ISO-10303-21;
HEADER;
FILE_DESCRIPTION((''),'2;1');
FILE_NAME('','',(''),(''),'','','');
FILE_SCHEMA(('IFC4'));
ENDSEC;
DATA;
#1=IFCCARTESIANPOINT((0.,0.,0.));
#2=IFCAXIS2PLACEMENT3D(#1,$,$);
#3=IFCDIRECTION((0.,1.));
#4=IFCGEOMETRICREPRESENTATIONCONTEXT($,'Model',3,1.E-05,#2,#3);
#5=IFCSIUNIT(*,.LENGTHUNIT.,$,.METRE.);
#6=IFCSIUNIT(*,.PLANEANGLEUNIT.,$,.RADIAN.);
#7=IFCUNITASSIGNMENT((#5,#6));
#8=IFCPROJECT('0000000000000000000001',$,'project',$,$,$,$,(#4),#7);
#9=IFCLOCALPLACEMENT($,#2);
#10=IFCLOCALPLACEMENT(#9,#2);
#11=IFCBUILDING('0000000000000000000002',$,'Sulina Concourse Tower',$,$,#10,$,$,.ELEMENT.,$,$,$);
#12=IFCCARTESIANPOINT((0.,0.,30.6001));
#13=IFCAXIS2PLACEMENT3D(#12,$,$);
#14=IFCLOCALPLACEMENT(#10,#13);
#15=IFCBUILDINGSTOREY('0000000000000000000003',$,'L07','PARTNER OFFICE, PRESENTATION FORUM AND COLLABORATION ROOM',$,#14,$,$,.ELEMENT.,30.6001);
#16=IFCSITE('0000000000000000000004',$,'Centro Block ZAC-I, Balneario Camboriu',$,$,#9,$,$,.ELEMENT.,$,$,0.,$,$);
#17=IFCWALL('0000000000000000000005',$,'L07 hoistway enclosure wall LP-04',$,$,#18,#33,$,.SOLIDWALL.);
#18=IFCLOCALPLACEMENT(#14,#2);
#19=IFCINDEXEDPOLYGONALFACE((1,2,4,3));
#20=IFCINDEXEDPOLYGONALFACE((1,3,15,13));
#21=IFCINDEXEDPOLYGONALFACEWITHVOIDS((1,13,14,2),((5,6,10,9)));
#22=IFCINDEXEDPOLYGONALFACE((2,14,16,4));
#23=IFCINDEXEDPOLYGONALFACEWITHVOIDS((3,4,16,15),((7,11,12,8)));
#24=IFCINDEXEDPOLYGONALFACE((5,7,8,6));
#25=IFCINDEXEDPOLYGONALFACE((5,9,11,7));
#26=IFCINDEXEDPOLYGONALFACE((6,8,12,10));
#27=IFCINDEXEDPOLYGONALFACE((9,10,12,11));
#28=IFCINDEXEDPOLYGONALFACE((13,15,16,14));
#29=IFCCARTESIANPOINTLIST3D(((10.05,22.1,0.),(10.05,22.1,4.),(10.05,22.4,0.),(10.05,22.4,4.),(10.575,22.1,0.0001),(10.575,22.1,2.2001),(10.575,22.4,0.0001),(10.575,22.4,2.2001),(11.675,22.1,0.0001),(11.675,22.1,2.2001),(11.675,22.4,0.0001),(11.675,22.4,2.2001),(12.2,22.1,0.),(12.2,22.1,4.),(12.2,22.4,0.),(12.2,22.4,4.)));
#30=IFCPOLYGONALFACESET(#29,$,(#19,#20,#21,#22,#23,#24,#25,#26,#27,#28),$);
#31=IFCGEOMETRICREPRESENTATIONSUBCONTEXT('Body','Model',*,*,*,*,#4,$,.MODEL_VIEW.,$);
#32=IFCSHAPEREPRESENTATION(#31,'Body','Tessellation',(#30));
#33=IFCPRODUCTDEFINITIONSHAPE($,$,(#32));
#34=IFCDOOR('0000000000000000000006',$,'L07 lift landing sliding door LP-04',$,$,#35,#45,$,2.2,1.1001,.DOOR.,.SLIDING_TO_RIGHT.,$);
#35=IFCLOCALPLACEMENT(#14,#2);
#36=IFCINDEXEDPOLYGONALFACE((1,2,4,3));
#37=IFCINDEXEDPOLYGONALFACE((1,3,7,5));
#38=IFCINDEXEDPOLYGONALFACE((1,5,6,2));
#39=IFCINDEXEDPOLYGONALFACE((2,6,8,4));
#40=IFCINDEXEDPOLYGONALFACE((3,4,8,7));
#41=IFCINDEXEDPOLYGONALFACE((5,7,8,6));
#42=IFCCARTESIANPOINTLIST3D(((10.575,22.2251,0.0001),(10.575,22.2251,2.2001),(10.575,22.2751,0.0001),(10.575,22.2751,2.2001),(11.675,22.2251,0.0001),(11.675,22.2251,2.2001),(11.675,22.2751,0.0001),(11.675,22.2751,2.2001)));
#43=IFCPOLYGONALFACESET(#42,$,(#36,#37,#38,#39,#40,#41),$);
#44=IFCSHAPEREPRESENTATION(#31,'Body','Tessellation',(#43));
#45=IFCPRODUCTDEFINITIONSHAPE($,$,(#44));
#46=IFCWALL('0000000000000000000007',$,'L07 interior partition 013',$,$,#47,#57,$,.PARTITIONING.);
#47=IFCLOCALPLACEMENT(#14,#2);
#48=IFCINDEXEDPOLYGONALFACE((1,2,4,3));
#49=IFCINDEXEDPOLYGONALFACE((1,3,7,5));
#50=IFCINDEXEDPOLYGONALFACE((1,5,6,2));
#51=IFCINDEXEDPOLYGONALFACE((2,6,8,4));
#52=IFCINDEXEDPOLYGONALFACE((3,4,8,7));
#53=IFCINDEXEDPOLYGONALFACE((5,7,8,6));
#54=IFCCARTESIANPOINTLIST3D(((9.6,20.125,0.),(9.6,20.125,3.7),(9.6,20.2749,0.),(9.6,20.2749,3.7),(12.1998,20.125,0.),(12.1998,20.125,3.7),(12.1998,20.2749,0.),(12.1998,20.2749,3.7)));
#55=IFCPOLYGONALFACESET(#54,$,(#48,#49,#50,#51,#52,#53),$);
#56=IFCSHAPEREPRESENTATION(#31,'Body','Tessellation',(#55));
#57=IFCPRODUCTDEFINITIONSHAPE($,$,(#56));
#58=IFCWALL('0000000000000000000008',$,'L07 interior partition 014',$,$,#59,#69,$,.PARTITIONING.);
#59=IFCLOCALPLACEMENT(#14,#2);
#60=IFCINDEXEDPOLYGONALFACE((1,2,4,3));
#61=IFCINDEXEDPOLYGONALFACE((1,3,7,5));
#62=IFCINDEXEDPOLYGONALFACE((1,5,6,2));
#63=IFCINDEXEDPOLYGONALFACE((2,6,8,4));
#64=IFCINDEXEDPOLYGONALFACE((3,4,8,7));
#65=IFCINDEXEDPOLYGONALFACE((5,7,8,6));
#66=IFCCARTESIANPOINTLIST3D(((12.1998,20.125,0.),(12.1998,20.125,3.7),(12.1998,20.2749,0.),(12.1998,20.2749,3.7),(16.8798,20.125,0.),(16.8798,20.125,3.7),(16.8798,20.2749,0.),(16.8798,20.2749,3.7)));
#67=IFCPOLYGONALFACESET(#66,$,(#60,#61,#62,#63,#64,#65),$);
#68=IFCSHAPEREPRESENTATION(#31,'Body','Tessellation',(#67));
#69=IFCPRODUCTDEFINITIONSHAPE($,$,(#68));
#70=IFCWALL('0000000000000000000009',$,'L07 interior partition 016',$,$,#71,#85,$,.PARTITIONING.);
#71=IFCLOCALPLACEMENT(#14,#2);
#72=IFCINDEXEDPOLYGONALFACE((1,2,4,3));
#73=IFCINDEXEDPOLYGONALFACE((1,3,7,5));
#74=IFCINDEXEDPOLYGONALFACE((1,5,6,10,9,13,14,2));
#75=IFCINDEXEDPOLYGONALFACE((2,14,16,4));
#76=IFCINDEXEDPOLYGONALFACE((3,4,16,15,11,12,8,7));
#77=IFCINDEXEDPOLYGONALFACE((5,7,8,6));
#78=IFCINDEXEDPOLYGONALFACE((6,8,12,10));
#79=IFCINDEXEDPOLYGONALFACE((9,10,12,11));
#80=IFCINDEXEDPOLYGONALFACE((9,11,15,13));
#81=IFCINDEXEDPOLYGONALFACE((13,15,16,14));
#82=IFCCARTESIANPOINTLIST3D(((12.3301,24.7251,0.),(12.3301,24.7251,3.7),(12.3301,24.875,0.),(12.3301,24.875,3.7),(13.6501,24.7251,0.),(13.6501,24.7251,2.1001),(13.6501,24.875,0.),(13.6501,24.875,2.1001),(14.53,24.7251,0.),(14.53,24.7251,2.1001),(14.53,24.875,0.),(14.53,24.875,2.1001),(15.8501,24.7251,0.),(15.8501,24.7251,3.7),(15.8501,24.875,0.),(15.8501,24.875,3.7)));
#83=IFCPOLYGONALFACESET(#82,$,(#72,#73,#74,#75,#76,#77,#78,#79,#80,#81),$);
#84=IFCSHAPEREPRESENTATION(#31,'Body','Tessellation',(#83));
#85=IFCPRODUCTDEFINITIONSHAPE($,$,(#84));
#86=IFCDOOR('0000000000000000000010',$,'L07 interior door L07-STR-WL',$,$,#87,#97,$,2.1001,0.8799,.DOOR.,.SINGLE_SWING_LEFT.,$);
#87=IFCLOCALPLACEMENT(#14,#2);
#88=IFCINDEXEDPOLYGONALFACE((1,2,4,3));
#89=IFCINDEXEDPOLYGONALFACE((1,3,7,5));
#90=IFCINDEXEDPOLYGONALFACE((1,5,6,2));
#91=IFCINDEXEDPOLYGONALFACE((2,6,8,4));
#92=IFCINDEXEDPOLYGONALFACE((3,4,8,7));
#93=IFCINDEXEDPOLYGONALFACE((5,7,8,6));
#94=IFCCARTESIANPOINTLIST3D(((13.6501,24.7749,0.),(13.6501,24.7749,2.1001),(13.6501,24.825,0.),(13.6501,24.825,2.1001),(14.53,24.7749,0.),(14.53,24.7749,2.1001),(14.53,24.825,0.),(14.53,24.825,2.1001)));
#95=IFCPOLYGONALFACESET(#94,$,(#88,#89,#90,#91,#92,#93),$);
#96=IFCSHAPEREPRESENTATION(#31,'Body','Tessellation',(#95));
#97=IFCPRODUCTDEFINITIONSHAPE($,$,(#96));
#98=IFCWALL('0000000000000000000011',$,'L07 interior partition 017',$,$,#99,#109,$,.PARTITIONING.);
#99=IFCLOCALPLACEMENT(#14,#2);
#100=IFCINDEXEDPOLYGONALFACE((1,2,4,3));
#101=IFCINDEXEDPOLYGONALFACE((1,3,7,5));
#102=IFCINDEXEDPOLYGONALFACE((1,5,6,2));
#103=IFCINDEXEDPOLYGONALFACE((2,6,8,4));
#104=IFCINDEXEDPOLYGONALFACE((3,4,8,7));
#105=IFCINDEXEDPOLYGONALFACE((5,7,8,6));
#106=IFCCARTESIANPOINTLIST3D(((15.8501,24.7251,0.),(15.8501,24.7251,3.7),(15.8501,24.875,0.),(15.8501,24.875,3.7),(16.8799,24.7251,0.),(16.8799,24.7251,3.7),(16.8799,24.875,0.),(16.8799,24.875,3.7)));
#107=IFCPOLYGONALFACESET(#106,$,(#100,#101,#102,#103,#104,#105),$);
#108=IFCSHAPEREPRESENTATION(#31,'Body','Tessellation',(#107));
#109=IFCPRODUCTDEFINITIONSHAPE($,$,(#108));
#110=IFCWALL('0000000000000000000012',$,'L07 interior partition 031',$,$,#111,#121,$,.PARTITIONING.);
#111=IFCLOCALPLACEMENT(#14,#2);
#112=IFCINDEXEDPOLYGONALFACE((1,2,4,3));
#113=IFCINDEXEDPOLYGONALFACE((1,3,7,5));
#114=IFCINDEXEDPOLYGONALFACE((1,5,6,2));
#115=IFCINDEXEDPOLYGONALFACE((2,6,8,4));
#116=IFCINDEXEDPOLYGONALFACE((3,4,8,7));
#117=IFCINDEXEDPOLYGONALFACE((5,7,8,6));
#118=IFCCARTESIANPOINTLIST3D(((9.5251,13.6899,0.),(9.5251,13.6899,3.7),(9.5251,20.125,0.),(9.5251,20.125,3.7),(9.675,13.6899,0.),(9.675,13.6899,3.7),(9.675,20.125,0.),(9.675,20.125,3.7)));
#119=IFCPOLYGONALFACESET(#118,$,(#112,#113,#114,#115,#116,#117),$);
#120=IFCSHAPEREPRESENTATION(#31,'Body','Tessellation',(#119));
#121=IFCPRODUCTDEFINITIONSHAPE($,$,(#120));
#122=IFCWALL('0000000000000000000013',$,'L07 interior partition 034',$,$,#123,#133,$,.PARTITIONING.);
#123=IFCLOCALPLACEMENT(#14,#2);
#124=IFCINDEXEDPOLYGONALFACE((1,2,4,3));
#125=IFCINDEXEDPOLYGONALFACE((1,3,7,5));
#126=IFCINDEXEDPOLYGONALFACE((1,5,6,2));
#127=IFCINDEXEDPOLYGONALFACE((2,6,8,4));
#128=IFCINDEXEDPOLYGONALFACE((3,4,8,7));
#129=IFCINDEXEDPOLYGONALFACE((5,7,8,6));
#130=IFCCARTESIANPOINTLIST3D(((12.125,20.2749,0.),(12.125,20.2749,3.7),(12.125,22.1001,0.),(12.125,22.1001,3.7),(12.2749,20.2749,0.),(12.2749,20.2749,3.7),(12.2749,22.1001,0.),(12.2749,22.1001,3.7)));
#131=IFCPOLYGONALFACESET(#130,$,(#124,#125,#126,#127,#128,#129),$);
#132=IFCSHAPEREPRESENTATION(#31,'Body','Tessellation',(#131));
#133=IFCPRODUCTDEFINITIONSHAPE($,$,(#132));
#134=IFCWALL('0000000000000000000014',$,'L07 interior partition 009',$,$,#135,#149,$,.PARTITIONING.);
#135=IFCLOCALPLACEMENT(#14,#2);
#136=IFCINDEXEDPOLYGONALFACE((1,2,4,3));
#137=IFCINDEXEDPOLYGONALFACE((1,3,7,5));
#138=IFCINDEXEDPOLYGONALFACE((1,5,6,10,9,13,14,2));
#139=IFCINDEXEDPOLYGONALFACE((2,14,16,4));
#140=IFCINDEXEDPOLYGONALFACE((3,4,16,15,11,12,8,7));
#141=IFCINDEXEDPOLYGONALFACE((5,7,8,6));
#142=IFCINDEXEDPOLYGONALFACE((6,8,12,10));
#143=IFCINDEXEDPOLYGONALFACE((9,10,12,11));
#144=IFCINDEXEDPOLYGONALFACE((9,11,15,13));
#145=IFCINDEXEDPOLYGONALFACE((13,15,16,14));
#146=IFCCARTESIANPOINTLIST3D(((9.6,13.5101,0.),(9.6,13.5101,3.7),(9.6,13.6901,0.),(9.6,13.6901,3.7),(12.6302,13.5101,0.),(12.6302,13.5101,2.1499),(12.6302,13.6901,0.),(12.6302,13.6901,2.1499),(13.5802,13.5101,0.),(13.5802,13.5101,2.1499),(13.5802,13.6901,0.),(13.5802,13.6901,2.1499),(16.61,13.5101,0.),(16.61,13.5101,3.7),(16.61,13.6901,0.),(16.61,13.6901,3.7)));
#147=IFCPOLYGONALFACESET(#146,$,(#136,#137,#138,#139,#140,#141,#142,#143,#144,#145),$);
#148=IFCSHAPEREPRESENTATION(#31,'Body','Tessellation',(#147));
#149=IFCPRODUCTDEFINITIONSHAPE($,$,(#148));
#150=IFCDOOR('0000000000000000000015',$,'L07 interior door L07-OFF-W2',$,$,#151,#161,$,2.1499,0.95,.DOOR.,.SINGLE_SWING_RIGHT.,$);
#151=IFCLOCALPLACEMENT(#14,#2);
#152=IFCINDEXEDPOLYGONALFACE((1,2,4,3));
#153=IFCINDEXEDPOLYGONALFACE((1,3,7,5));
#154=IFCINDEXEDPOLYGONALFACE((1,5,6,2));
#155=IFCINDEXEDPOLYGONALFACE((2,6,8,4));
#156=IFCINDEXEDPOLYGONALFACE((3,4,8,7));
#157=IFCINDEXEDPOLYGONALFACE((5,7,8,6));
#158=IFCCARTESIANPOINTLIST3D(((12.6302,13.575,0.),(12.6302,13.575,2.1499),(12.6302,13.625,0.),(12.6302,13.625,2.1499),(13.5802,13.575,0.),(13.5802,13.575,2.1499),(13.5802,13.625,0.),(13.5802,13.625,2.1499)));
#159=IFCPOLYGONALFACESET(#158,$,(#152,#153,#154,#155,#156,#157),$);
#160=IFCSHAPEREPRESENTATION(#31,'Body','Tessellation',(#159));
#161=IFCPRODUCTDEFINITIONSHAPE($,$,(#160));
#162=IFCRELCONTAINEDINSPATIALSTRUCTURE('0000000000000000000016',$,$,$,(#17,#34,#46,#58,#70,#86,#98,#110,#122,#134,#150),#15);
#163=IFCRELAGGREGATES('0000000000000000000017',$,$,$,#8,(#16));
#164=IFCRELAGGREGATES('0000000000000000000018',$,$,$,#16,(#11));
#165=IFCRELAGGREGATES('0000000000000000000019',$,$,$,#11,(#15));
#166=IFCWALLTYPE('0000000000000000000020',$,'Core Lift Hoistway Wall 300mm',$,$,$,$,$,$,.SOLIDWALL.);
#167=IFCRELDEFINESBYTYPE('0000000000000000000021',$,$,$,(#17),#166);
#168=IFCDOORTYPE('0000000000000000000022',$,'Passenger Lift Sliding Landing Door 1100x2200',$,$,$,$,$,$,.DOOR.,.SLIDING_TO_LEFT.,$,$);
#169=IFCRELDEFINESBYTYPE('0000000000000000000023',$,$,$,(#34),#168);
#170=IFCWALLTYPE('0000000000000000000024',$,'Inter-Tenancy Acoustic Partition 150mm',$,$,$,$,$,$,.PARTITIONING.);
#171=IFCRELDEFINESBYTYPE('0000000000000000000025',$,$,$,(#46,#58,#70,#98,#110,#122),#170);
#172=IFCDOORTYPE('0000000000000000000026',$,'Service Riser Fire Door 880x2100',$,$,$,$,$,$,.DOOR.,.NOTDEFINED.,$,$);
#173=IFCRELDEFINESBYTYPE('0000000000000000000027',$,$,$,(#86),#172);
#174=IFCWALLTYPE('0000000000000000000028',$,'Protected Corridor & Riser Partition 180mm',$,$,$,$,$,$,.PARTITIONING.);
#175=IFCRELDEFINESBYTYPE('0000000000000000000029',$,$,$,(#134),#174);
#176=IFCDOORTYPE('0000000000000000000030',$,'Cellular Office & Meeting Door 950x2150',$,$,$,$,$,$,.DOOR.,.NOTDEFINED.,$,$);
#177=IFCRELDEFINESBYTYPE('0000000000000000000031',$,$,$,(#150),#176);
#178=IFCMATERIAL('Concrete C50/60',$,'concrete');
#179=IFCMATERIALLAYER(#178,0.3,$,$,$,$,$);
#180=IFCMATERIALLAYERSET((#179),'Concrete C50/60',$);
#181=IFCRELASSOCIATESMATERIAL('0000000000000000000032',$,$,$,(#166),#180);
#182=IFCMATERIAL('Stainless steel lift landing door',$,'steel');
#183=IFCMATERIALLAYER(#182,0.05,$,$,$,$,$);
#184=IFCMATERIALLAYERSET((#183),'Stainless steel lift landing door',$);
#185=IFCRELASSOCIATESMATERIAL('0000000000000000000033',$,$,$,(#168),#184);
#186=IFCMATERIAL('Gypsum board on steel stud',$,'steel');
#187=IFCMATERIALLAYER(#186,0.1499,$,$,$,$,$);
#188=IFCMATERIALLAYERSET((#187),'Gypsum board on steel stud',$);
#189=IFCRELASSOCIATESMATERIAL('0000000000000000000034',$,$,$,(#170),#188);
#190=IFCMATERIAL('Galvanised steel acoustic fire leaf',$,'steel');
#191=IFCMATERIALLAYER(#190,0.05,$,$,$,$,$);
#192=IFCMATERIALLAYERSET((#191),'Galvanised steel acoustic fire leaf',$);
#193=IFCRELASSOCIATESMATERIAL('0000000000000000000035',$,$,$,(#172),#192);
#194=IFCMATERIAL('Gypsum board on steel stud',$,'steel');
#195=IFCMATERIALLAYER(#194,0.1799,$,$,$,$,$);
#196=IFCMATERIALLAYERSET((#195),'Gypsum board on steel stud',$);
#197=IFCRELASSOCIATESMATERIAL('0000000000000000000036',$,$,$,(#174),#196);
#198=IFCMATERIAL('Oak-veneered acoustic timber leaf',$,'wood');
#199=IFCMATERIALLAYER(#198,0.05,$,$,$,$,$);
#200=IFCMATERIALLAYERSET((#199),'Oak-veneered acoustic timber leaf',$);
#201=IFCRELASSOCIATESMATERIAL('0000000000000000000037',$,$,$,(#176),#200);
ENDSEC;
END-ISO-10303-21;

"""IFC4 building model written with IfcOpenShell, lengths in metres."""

from ifc_helpers import new_model, si_unit, direction, frame, frame_2d, origin, place, context, subcontext, project, spatial, rectangle, extrude, material, layer, layer_set, type_object, element, fill, save


model = new_model("IFC4")

# Units and contexts
model_context = context("Model", 3, precision=1e-05, world=origin(), true_north=direction((0.0, 1.0)))
body_context = subcontext(model_context, "Body", "Model", "MODEL_VIEW")
ifc_project = project(units=[si_unit("LENGTHUNIT", "METRE"), si_unit("PLANEANGLEUNIT", "RADIAN")], contexts=[model_context])

# Site, building, storey
site_placement = place(None, origin())
site = spatial("IfcSite", under=ifc_project, at=site_placement, Name="Centro Block ZAC-I, Balneario Camboriu", CompositionType="ELEMENT", RefElevation=0.0)
building_placement = place(site_placement, origin())
building = spatial("IfcBuilding", under=site, at=building_placement, Name="Sulina Concourse Tower", CompositionType="ELEMENT")
storey_placement = place(building_placement, frame((0.0, 0.0, 30.6001)))
storey = spatial("IfcBuildingStorey", under=building, at=storey_placement, Name="L07", Description="PARTNER OFFICE, PRESENTATION FORUM AND COLLABORATION ROOM", CompositionType="ELEMENT", Elevation=30.6001)

# Wall, opening, door
ifc_material_1 = material(Name="Concrete C50/60", Category="concrete")
ifc_layer_1 = layer(ifc_material_1, 0.3)
ifc_layer_set_1 = layer_set([ifc_layer_1], Name="Concrete C50/60")
wall_type_1 = type_object("IfcWallType", Name="Core Lift Hoistway Wall 300mm", PredefinedType="SOLIDWALL", material=ifc_layer_set_1)
ifc_material_2 = material(Name="Stainless steel lift landing door", Category="steel")
ifc_layer_2 = layer(ifc_material_2, 0.05)
ifc_layer_set_2 = layer_set([ifc_layer_2], Name="Stainless steel lift landing door")
door_type_1 = type_object("IfcDoorType", Name="Passenger Lift Sliding Landing Door 1100x2200", OperationType="SLIDING_TO_LEFT", PredefinedType="DOOR", material=ifc_layer_set_2)
wall_1_placement = place(storey_placement, frame((12.2, 22.25, 0.0), z_axis=(0.0, 0.0, 1.0), x_axis=(-1.0, 0.0, 0.0)))
wall_1 = element("IfcWall", 1, at=wall_1_placement, inside=storey, type_object=wall_type_1, Name="L07 hoistway enclosure wall LP-04", PredefinedType="SOLIDWALL", context=body_context, shape_type="SweptSolid", body=[
    extrude(rectangle(XDim=2.1499, YDim=0.3, at=frame_2d((1.075, 0.0))), origin(), (0.0, 0.0, 1.0), 4.0),
])
opening_1_placement = place(wall_1_placement, frame((0.5249, 0.0, 0.0)))
opening_1 = element("IfcOpeningElement", 2, at=opening_1_placement, cuts=wall_1, PredefinedType="OPENING", context=body_context, shape_type="SweptSolid", body=[
    extrude(rectangle(XDim=1.1001, YDim=2.2, at=frame_2d((0.55, 1.1001))), frame((0.0, 0.1599, 0.0), z_axis=(0.0, -1.0, 0.0), x_axis=(1.0, 0.0, 0.0)), (0.0, 0.0, 1.0), 0.3201),
])
door_1_placement = place(opening_1_placement, origin())
door_1 = element("IfcDoor", 3, at=door_1_placement, inside=storey, type_object=door_type_1, Name="L07 lift landing sliding door LP-04", OperationType="SLIDING_TO_RIGHT", OverallHeight=2.2, OverallWidth=1.1001, PredefinedType="DOOR", context=body_context, shape_type="SweptSolid", body=[
    extrude(rectangle(XDim=1.1001, YDim=2.2, at=frame_2d((0.55, 1.1001))), frame((0.0, 0.0249, 0.0), z_axis=(0.0, -1.0, 0.0), x_axis=(1.0, 0.0, 0.0)), (0.0, 0.0, 1.0), 0.05),
])
fill(opening_1, door_1)

# Walls
ifc_material_3 = material(Name="Gypsum board on steel stud", Category="steel")
ifc_layer_3 = layer(ifc_material_3, 0.1499)
ifc_layer_set_3 = layer_set([ifc_layer_3], Name="Gypsum board on steel stud")
wall_type_2 = type_object("IfcWallType", Name="Inter-Tenancy Acoustic Partition 150mm", PredefinedType="PARTITIONING", material=ifc_layer_set_3)
wall_2_placement = place(storey_placement, frame((9.6001, 20.2, 0.0), z_axis=(0.0, 0.0, 1.0), x_axis=(1.0, 0.0, 0.0)))
element("IfcWall", 4, at=wall_2_placement, inside=storey, type_object=wall_type_2, Name="L07 interior partition 013", PredefinedType="PARTITIONING", context=body_context, shape_type="SweptSolid", body=[
    extrude(rectangle(XDim=2.5999, YDim=0.1499, at=frame_2d((1.2998, 0.0))), origin(), (0.0, 0.0, 1.0), 3.7),
])
wall_3_placement = place(storey_placement, frame((12.2, 20.2, 0.0), z_axis=(0.0, 0.0, 1.0), x_axis=(1.0, 0.0, 0.0)))
element("IfcWall", 5, at=wall_3_placement, inside=storey, type_object=wall_type_2, Name="L07 interior partition 014", PredefinedType="PARTITIONING", context=body_context, shape_type="SweptSolid", body=[
    extrude(rectangle(XDim=4.6799, YDim=0.1499, at=frame_2d((2.3398, 0.0))), origin(), (0.0, 0.0, 1.0), 3.7),
])

# Wall, opening, door
wall_4_placement = place(storey_placement, frame((12.3301, 24.8, 0.0), z_axis=(0.0, 0.0, 1.0), x_axis=(1.0, 0.0, 0.0)))
wall_4 = element("IfcWall", 6, at=wall_4_placement, inside=storey, type_object=wall_type_2, Name="L07 interior partition 016", PredefinedType="PARTITIONING", context=body_context, shape_type="SweptSolid", body=[
    extrude(rectangle(XDim=3.52, YDim=0.1499, at=frame_2d((1.76, 0.0))), origin(), (0.0, 0.0, 1.0), 3.7),
])
opening_2_placement = place(wall_4_placement, frame((1.3201, 0.0, 0.0)))
opening_2 = element("IfcOpeningElement", 7, at=opening_2_placement, cuts=wall_4, PredefinedType="OPENING", context=body_context, shape_type="SweptSolid", body=[
    extrude(rectangle(XDim=0.8799, YDim=2.1001, at=frame_2d((0.4399, 1.05))), frame((0.0, 0.085, 0.0), z_axis=(0.0, -1.0, 0.0), x_axis=(1.0, 0.0, 0.0)), (0.0, 0.0, 1.0), 0.1699),
])
ifc_material_4 = material(Name="Galvanised steel acoustic fire leaf", Category="steel")
ifc_layer_4 = layer(ifc_material_4, 0.05)
ifc_layer_set_4 = layer_set([ifc_layer_4], Name="Galvanised steel acoustic fire leaf")
door_type_2 = type_object("IfcDoorType", Name="Service Riser Fire Door 880x2100", OperationType="NOTDEFINED", PredefinedType="DOOR", material=ifc_layer_set_4)
door_2_placement = place(opening_2_placement, origin())
door_2 = element("IfcDoor", 8, at=door_2_placement, inside=storey, type_object=door_type_2, Name="L07 interior door L07-STR-WL", OperationType="SINGLE_SWING_LEFT", OverallHeight=2.1001, OverallWidth=0.8799, PredefinedType="DOOR", context=body_context, shape_type="SweptSolid", body=[
    extrude(rectangle(XDim=0.8799, YDim=2.1001, at=frame_2d((0.4399, 1.05))), frame((0.0, 0.0249, 0.0), z_axis=(0.0, -1.0, 0.0), x_axis=(1.0, 0.0, 0.0)), (0.0, 0.0, 1.0), 0.05),
])
fill(opening_2, door_2)

# Walls
wall_5_placement = place(storey_placement, frame((15.8501, 24.8, 0.0), z_axis=(0.0, 0.0, 1.0), x_axis=(1.0, 0.0, 0.0)))
element("IfcWall", 9, at=wall_5_placement, inside=storey, type_object=wall_type_2, Name="L07 interior partition 017", PredefinedType="PARTITIONING", context=body_context, shape_type="SweptSolid", body=[
    extrude(rectangle(XDim=1.0298, YDim=0.1499, at=frame_2d((0.5149, 0.0))), origin(), (0.0, 0.0, 1.0), 3.7),
])
wall_6_placement = place(storey_placement, frame((9.6001, 13.6899, 0.0), z_axis=(0.0, 0.0, 1.0), x_axis=(0.0, 1.0, 0.0)))
element("IfcWall", 10, at=wall_6_placement, inside=storey, type_object=wall_type_2, Name="L07 interior partition 031", PredefinedType="PARTITIONING", context=body_context, shape_type="SweptSolid", body=[
    extrude(rectangle(XDim=6.4351, YDim=0.1499, at=frame_2d((3.2175, 0.0))), origin(), (0.0, 0.0, 1.0), 3.7),
])
wall_7_placement = place(storey_placement, frame((12.2, 20.2749, 0.0), z_axis=(0.0, 0.0, 1.0), x_axis=(0.0, 1.0, 0.0)))
element("IfcWall", 11, at=wall_7_placement, inside=storey, type_object=wall_type_2, Name="L07 interior partition 034", PredefinedType="PARTITIONING", context=body_context, shape_type="SweptSolid", body=[
    extrude(rectangle(XDim=1.8252, YDim=0.1499, at=frame_2d((0.9126, 0.0))), origin(), (0.0, 0.0, 1.0), 3.7),
])

# Wall, opening, door
ifc_material_5 = material(Name="Gypsum board on steel stud", Category="steel")
ifc_layer_5 = layer(ifc_material_5, 0.1799)
ifc_layer_set_5 = layer_set([ifc_layer_5], Name="Gypsum board on steel stud")
wall_type_3 = type_object("IfcWallType", Name="Protected Corridor & Riser Partition 180mm", PredefinedType="PARTITIONING", material=ifc_layer_set_5)
ifc_material_6 = material(Name="Oak-veneered acoustic timber leaf", Category="wood")
ifc_layer_6 = layer(ifc_material_6, 0.05)
ifc_layer_set_6 = layer_set([ifc_layer_6], Name="Oak-veneered acoustic timber leaf")
door_type_3 = type_object("IfcDoorType", Name="Cellular Office & Meeting Door 950x2150", OperationType="NOTDEFINED", PredefinedType="DOOR", material=ifc_layer_set_6)
wall_8_placement = place(storey_placement, frame((9.6001, 13.6001, 0.0), z_axis=(0.0, 0.0, 1.0), x_axis=(1.0, 0.0, 0.0)))
wall_8 = element("IfcWall", 12, at=wall_8_placement, inside=storey, type_object=wall_type_3, Name="L07 interior partition 009", PredefinedType="PARTITIONING", context=body_context, shape_type="SweptSolid", body=[
    extrude(rectangle(XDim=7.01, YDim=0.1799, at=frame_2d((3.5049, 0.0))), origin(), (0.0, 0.0, 1.0), 3.7),
])
opening_3_placement = place(wall_8_placement, frame((3.03, 0.0, 0.0)))
opening_3 = element("IfcOpeningElement", 13, at=opening_3_placement, cuts=wall_8, PredefinedType="OPENING", context=body_context, shape_type="SweptSolid", body=[
    extrude(rectangle(XDim=0.95, YDim=2.1499, at=frame_2d((0.4751, 1.075))), frame((0.0, 0.0999, 0.0), z_axis=(0.0, -1.0, 0.0), x_axis=(1.0, 0.0, 0.0)), (0.0, 0.0, 1.0), 0.2),
])
door_3_placement = place(opening_3_placement, origin())
door_3 = element("IfcDoor", 14, at=door_3_placement, inside=storey, type_object=door_type_3, Name="L07 interior door L07-OFF-W2", OperationType="SINGLE_SWING_RIGHT", OverallHeight=2.1499, OverallWidth=0.95, PredefinedType="DOOR", context=body_context, shape_type="SweptSolid", body=[
    extrude(rectangle(XDim=0.95, YDim=2.1499, at=frame_2d((0.4751, 1.075))), frame((0.0, 0.0249, 0.0), z_axis=(0.0, -1.0, 0.0), x_axis=(1.0, 0.0, 0.0)), (0.0, 0.0, 1.0), 0.05),
])
fill(opening_3, door_3)

save(model, "model.ifc")
